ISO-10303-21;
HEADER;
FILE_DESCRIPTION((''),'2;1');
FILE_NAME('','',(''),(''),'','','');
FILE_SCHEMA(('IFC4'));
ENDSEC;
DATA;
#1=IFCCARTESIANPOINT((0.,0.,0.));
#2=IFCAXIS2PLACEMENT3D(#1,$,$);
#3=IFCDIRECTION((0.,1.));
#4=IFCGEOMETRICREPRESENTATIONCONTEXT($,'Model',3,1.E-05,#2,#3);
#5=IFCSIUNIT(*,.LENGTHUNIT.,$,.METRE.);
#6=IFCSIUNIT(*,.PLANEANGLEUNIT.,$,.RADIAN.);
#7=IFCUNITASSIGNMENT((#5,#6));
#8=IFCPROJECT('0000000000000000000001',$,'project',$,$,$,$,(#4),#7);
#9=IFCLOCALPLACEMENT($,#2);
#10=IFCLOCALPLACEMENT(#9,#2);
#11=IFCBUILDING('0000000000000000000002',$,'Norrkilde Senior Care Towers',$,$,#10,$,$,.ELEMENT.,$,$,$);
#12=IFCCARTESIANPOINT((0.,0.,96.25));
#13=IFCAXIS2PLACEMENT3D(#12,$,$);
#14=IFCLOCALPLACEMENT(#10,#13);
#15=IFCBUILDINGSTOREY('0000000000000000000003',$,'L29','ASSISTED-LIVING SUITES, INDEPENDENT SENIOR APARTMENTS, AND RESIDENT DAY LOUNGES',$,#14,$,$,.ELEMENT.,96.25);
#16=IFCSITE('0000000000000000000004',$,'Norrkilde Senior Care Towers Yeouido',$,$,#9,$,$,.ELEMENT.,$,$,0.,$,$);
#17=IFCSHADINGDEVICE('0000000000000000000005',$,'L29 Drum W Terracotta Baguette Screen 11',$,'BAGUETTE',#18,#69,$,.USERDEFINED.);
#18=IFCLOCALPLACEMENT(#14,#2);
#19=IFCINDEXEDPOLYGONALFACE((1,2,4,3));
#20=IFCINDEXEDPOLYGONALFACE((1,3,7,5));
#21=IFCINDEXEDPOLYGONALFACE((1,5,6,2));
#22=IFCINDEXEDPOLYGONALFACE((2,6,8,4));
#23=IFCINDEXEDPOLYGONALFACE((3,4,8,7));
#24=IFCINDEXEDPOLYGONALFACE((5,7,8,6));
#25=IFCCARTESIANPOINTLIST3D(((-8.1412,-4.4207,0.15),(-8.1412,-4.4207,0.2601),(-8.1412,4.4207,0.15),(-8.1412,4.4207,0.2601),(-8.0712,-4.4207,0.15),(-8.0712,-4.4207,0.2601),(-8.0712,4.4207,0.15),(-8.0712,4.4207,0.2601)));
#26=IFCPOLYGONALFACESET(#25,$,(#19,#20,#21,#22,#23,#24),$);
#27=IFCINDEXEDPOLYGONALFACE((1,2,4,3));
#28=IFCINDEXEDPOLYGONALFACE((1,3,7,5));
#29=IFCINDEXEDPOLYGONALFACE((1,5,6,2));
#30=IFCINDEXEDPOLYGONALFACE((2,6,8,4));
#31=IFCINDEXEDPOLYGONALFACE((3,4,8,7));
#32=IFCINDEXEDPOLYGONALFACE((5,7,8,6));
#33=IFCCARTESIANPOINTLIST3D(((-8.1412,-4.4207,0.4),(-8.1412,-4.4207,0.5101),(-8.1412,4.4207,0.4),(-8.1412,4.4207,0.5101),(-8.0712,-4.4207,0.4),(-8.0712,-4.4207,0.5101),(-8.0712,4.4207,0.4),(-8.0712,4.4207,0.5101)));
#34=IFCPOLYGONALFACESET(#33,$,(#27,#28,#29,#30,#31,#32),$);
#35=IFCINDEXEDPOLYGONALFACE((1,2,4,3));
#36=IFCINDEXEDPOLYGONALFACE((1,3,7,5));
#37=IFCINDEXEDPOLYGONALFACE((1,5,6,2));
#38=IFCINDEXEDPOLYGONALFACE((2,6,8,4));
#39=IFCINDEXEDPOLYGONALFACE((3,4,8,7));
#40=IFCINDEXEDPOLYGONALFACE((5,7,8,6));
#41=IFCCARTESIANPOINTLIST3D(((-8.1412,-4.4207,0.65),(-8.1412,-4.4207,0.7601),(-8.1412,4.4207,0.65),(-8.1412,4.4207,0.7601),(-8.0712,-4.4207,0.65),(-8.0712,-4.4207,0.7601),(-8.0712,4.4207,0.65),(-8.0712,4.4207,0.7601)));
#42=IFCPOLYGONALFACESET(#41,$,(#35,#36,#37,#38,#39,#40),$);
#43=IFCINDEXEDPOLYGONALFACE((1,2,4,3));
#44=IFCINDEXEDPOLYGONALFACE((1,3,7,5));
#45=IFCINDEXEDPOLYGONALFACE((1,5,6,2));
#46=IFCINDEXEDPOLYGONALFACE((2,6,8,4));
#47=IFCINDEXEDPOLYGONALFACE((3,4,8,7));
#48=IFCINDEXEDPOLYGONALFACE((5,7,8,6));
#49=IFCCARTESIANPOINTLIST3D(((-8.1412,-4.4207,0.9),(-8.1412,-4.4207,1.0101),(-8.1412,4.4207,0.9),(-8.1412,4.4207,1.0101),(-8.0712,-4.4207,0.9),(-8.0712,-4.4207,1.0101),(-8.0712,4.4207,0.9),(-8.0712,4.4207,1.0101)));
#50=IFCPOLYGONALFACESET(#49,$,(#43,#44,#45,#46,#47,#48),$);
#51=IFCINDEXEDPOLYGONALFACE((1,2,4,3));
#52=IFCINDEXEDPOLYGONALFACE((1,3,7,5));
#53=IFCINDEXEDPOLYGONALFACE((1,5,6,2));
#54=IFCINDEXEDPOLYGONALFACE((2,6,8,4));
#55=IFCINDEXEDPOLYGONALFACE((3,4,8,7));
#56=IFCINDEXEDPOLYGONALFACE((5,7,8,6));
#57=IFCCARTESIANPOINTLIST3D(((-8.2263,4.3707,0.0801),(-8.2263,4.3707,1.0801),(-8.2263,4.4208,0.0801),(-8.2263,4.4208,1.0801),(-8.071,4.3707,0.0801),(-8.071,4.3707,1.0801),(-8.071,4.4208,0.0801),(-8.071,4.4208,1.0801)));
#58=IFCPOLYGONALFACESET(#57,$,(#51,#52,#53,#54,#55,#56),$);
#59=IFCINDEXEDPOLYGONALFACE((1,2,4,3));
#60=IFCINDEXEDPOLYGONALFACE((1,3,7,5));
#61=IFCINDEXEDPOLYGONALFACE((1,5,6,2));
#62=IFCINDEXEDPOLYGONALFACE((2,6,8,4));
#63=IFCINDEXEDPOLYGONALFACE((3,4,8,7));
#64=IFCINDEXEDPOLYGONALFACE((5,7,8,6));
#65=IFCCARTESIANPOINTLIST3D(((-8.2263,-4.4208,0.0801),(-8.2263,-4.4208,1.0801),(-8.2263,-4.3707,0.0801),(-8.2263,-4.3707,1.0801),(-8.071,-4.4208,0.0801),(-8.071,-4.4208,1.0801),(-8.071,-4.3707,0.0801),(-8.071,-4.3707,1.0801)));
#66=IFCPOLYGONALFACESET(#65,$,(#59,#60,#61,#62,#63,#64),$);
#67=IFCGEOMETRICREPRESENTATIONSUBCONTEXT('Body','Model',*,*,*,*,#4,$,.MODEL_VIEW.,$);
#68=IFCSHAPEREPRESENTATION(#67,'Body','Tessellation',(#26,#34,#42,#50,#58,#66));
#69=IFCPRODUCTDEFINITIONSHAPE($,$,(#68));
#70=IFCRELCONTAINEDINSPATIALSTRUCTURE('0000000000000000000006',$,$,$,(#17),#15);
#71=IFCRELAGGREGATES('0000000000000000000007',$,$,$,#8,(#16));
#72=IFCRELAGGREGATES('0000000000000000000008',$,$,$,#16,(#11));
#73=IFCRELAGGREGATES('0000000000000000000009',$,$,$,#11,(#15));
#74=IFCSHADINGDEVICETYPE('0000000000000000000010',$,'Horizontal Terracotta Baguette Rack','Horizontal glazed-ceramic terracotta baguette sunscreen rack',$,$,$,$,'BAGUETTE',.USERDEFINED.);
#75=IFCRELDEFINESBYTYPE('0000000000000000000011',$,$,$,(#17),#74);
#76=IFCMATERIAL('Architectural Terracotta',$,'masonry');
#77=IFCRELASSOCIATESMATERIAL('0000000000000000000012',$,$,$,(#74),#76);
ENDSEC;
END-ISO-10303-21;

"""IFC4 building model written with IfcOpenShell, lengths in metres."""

from ifc_helpers import new_model, si_unit, direction, frame, origin, origin_2d, place, context, subcontext, project, spatial, rectangle, extrude, source, transform, mapped, material, type_object, type_shapes, element, save


model = new_model("IFC4")

# Units and contexts
model_context = context("Model", 3, precision=1e-05, world=origin(), true_north=direction((0.0, 1.0)))
body_context = subcontext(model_context, "Body", "Model", "MODEL_VIEW")
ifc_project = project(units=[si_unit("LENGTHUNIT", "METRE"), si_unit("PLANEANGLEUNIT", "RADIAN")], contexts=[model_context])

# Site, building, storey
site_placement = place(None, origin())
site = spatial("IfcSite", under=ifc_project, at=site_placement, Name="Norrkilde Senior Care Towers Yeouido", CompositionType="ELEMENT", RefElevation=0.0)
building_placement = place(site_placement, origin())
building = spatial("IfcBuilding", under=site, at=building_placement, Name="Norrkilde Senior Care Towers", CompositionType="ELEMENT")
storey_placement = place(building_placement, frame((0.0, 0.0, 96.25)))
storey = spatial("IfcBuildingStorey", under=building, at=storey_placement, Name="L29", Description="ASSISTED-LIVING SUITES, INDEPENDENT SENIOR APARTMENTS, AND RESIDENT DAY LOUNGES", CompositionType="ELEMENT", Elevation=96.25)

# Shading device
ifc_material_1 = material(Name="Architectural Terracotta", Category="masonry")
shading_device_type = type_object("IfcShadingDeviceType", Name="Horizontal Terracotta Baguette Rack", Description="Horizontal glazed-ceramic terracotta baguette sunscreen rack", ElementType="BAGUETTE", PredefinedType="USERDEFINED", material=ifc_material_1)
shared_shape_1 = source(origin(), body_context, "Body", "SweptSolid", [
    extrude(rectangle(XDim=0.0701, YDim=0.1101, at=origin_2d()), frame((0.0, 0.0901, 0.125), z_axis=(1.0, 0.0, 0.0), x_axis=(0.0, 1.0, 0.0)), (0.0, 0.0, 1.0), 8.8413),
    extrude(rectangle(XDim=0.0701, YDim=0.1101, at=origin_2d()), frame((0.0, 0.0901, 0.375), z_axis=(1.0, 0.0, 0.0), x_axis=(0.0, 1.0, 0.0)), (0.0, 0.0, 1.0), 8.8413),
    extrude(rectangle(XDim=0.0701, YDim=0.1101, at=origin_2d()), frame((0.0, 0.0901, 0.625), z_axis=(1.0, 0.0, 0.0), x_axis=(0.0, 1.0, 0.0)), (0.0, 0.0, 1.0), 8.8413),
    extrude(rectangle(XDim=0.0701, YDim=0.1101, at=origin_2d()), frame((0.0, 0.0901, 0.875), z_axis=(1.0, 0.0, 0.0), x_axis=(0.0, 1.0, 0.0)), (0.0, 0.0, 1.0), 8.8413),
    extrude(rectangle(XDim=0.05, YDim=0.1553, at=origin_2d()), frame((0.0249, 0.0476, 0.0)), (0.0, 0.0, 1.0), 1.0),
    extrude(rectangle(XDim=0.05, YDim=0.1553, at=origin_2d()), frame((8.8164, 0.0476, 0.0)), (0.0, 0.0, 1.0), 1.0),
])
type_shapes(shading_device_type, [shared_shape_1])
shading_device_placement = place(storey_placement, frame((-8.1963, 4.4207, 0.0801), z_axis=(0.0, 0.0, 1.0), x_axis=(0.0, -1.0, 0.0)))
element("IfcShadingDevice", 1, at=shading_device_placement, inside=storey, type_object=shading_device_type, Name="L29 Drum W Terracotta Baguette Screen 11", ObjectType="BAGUETTE", PredefinedType="USERDEFINED", context=body_context, shape_type="MappedRepresentation", body=[
    mapped(shared_shape_1, transform((0.0, 0.0, 0.0), x_axis=(1.0, 0.0, 0.0), y_axis=(0.0, 1.0, 0.0), z_axis=(0.0, 0.0, 1.0), scale=1.0)),
])

save(model, "model.ifc")
